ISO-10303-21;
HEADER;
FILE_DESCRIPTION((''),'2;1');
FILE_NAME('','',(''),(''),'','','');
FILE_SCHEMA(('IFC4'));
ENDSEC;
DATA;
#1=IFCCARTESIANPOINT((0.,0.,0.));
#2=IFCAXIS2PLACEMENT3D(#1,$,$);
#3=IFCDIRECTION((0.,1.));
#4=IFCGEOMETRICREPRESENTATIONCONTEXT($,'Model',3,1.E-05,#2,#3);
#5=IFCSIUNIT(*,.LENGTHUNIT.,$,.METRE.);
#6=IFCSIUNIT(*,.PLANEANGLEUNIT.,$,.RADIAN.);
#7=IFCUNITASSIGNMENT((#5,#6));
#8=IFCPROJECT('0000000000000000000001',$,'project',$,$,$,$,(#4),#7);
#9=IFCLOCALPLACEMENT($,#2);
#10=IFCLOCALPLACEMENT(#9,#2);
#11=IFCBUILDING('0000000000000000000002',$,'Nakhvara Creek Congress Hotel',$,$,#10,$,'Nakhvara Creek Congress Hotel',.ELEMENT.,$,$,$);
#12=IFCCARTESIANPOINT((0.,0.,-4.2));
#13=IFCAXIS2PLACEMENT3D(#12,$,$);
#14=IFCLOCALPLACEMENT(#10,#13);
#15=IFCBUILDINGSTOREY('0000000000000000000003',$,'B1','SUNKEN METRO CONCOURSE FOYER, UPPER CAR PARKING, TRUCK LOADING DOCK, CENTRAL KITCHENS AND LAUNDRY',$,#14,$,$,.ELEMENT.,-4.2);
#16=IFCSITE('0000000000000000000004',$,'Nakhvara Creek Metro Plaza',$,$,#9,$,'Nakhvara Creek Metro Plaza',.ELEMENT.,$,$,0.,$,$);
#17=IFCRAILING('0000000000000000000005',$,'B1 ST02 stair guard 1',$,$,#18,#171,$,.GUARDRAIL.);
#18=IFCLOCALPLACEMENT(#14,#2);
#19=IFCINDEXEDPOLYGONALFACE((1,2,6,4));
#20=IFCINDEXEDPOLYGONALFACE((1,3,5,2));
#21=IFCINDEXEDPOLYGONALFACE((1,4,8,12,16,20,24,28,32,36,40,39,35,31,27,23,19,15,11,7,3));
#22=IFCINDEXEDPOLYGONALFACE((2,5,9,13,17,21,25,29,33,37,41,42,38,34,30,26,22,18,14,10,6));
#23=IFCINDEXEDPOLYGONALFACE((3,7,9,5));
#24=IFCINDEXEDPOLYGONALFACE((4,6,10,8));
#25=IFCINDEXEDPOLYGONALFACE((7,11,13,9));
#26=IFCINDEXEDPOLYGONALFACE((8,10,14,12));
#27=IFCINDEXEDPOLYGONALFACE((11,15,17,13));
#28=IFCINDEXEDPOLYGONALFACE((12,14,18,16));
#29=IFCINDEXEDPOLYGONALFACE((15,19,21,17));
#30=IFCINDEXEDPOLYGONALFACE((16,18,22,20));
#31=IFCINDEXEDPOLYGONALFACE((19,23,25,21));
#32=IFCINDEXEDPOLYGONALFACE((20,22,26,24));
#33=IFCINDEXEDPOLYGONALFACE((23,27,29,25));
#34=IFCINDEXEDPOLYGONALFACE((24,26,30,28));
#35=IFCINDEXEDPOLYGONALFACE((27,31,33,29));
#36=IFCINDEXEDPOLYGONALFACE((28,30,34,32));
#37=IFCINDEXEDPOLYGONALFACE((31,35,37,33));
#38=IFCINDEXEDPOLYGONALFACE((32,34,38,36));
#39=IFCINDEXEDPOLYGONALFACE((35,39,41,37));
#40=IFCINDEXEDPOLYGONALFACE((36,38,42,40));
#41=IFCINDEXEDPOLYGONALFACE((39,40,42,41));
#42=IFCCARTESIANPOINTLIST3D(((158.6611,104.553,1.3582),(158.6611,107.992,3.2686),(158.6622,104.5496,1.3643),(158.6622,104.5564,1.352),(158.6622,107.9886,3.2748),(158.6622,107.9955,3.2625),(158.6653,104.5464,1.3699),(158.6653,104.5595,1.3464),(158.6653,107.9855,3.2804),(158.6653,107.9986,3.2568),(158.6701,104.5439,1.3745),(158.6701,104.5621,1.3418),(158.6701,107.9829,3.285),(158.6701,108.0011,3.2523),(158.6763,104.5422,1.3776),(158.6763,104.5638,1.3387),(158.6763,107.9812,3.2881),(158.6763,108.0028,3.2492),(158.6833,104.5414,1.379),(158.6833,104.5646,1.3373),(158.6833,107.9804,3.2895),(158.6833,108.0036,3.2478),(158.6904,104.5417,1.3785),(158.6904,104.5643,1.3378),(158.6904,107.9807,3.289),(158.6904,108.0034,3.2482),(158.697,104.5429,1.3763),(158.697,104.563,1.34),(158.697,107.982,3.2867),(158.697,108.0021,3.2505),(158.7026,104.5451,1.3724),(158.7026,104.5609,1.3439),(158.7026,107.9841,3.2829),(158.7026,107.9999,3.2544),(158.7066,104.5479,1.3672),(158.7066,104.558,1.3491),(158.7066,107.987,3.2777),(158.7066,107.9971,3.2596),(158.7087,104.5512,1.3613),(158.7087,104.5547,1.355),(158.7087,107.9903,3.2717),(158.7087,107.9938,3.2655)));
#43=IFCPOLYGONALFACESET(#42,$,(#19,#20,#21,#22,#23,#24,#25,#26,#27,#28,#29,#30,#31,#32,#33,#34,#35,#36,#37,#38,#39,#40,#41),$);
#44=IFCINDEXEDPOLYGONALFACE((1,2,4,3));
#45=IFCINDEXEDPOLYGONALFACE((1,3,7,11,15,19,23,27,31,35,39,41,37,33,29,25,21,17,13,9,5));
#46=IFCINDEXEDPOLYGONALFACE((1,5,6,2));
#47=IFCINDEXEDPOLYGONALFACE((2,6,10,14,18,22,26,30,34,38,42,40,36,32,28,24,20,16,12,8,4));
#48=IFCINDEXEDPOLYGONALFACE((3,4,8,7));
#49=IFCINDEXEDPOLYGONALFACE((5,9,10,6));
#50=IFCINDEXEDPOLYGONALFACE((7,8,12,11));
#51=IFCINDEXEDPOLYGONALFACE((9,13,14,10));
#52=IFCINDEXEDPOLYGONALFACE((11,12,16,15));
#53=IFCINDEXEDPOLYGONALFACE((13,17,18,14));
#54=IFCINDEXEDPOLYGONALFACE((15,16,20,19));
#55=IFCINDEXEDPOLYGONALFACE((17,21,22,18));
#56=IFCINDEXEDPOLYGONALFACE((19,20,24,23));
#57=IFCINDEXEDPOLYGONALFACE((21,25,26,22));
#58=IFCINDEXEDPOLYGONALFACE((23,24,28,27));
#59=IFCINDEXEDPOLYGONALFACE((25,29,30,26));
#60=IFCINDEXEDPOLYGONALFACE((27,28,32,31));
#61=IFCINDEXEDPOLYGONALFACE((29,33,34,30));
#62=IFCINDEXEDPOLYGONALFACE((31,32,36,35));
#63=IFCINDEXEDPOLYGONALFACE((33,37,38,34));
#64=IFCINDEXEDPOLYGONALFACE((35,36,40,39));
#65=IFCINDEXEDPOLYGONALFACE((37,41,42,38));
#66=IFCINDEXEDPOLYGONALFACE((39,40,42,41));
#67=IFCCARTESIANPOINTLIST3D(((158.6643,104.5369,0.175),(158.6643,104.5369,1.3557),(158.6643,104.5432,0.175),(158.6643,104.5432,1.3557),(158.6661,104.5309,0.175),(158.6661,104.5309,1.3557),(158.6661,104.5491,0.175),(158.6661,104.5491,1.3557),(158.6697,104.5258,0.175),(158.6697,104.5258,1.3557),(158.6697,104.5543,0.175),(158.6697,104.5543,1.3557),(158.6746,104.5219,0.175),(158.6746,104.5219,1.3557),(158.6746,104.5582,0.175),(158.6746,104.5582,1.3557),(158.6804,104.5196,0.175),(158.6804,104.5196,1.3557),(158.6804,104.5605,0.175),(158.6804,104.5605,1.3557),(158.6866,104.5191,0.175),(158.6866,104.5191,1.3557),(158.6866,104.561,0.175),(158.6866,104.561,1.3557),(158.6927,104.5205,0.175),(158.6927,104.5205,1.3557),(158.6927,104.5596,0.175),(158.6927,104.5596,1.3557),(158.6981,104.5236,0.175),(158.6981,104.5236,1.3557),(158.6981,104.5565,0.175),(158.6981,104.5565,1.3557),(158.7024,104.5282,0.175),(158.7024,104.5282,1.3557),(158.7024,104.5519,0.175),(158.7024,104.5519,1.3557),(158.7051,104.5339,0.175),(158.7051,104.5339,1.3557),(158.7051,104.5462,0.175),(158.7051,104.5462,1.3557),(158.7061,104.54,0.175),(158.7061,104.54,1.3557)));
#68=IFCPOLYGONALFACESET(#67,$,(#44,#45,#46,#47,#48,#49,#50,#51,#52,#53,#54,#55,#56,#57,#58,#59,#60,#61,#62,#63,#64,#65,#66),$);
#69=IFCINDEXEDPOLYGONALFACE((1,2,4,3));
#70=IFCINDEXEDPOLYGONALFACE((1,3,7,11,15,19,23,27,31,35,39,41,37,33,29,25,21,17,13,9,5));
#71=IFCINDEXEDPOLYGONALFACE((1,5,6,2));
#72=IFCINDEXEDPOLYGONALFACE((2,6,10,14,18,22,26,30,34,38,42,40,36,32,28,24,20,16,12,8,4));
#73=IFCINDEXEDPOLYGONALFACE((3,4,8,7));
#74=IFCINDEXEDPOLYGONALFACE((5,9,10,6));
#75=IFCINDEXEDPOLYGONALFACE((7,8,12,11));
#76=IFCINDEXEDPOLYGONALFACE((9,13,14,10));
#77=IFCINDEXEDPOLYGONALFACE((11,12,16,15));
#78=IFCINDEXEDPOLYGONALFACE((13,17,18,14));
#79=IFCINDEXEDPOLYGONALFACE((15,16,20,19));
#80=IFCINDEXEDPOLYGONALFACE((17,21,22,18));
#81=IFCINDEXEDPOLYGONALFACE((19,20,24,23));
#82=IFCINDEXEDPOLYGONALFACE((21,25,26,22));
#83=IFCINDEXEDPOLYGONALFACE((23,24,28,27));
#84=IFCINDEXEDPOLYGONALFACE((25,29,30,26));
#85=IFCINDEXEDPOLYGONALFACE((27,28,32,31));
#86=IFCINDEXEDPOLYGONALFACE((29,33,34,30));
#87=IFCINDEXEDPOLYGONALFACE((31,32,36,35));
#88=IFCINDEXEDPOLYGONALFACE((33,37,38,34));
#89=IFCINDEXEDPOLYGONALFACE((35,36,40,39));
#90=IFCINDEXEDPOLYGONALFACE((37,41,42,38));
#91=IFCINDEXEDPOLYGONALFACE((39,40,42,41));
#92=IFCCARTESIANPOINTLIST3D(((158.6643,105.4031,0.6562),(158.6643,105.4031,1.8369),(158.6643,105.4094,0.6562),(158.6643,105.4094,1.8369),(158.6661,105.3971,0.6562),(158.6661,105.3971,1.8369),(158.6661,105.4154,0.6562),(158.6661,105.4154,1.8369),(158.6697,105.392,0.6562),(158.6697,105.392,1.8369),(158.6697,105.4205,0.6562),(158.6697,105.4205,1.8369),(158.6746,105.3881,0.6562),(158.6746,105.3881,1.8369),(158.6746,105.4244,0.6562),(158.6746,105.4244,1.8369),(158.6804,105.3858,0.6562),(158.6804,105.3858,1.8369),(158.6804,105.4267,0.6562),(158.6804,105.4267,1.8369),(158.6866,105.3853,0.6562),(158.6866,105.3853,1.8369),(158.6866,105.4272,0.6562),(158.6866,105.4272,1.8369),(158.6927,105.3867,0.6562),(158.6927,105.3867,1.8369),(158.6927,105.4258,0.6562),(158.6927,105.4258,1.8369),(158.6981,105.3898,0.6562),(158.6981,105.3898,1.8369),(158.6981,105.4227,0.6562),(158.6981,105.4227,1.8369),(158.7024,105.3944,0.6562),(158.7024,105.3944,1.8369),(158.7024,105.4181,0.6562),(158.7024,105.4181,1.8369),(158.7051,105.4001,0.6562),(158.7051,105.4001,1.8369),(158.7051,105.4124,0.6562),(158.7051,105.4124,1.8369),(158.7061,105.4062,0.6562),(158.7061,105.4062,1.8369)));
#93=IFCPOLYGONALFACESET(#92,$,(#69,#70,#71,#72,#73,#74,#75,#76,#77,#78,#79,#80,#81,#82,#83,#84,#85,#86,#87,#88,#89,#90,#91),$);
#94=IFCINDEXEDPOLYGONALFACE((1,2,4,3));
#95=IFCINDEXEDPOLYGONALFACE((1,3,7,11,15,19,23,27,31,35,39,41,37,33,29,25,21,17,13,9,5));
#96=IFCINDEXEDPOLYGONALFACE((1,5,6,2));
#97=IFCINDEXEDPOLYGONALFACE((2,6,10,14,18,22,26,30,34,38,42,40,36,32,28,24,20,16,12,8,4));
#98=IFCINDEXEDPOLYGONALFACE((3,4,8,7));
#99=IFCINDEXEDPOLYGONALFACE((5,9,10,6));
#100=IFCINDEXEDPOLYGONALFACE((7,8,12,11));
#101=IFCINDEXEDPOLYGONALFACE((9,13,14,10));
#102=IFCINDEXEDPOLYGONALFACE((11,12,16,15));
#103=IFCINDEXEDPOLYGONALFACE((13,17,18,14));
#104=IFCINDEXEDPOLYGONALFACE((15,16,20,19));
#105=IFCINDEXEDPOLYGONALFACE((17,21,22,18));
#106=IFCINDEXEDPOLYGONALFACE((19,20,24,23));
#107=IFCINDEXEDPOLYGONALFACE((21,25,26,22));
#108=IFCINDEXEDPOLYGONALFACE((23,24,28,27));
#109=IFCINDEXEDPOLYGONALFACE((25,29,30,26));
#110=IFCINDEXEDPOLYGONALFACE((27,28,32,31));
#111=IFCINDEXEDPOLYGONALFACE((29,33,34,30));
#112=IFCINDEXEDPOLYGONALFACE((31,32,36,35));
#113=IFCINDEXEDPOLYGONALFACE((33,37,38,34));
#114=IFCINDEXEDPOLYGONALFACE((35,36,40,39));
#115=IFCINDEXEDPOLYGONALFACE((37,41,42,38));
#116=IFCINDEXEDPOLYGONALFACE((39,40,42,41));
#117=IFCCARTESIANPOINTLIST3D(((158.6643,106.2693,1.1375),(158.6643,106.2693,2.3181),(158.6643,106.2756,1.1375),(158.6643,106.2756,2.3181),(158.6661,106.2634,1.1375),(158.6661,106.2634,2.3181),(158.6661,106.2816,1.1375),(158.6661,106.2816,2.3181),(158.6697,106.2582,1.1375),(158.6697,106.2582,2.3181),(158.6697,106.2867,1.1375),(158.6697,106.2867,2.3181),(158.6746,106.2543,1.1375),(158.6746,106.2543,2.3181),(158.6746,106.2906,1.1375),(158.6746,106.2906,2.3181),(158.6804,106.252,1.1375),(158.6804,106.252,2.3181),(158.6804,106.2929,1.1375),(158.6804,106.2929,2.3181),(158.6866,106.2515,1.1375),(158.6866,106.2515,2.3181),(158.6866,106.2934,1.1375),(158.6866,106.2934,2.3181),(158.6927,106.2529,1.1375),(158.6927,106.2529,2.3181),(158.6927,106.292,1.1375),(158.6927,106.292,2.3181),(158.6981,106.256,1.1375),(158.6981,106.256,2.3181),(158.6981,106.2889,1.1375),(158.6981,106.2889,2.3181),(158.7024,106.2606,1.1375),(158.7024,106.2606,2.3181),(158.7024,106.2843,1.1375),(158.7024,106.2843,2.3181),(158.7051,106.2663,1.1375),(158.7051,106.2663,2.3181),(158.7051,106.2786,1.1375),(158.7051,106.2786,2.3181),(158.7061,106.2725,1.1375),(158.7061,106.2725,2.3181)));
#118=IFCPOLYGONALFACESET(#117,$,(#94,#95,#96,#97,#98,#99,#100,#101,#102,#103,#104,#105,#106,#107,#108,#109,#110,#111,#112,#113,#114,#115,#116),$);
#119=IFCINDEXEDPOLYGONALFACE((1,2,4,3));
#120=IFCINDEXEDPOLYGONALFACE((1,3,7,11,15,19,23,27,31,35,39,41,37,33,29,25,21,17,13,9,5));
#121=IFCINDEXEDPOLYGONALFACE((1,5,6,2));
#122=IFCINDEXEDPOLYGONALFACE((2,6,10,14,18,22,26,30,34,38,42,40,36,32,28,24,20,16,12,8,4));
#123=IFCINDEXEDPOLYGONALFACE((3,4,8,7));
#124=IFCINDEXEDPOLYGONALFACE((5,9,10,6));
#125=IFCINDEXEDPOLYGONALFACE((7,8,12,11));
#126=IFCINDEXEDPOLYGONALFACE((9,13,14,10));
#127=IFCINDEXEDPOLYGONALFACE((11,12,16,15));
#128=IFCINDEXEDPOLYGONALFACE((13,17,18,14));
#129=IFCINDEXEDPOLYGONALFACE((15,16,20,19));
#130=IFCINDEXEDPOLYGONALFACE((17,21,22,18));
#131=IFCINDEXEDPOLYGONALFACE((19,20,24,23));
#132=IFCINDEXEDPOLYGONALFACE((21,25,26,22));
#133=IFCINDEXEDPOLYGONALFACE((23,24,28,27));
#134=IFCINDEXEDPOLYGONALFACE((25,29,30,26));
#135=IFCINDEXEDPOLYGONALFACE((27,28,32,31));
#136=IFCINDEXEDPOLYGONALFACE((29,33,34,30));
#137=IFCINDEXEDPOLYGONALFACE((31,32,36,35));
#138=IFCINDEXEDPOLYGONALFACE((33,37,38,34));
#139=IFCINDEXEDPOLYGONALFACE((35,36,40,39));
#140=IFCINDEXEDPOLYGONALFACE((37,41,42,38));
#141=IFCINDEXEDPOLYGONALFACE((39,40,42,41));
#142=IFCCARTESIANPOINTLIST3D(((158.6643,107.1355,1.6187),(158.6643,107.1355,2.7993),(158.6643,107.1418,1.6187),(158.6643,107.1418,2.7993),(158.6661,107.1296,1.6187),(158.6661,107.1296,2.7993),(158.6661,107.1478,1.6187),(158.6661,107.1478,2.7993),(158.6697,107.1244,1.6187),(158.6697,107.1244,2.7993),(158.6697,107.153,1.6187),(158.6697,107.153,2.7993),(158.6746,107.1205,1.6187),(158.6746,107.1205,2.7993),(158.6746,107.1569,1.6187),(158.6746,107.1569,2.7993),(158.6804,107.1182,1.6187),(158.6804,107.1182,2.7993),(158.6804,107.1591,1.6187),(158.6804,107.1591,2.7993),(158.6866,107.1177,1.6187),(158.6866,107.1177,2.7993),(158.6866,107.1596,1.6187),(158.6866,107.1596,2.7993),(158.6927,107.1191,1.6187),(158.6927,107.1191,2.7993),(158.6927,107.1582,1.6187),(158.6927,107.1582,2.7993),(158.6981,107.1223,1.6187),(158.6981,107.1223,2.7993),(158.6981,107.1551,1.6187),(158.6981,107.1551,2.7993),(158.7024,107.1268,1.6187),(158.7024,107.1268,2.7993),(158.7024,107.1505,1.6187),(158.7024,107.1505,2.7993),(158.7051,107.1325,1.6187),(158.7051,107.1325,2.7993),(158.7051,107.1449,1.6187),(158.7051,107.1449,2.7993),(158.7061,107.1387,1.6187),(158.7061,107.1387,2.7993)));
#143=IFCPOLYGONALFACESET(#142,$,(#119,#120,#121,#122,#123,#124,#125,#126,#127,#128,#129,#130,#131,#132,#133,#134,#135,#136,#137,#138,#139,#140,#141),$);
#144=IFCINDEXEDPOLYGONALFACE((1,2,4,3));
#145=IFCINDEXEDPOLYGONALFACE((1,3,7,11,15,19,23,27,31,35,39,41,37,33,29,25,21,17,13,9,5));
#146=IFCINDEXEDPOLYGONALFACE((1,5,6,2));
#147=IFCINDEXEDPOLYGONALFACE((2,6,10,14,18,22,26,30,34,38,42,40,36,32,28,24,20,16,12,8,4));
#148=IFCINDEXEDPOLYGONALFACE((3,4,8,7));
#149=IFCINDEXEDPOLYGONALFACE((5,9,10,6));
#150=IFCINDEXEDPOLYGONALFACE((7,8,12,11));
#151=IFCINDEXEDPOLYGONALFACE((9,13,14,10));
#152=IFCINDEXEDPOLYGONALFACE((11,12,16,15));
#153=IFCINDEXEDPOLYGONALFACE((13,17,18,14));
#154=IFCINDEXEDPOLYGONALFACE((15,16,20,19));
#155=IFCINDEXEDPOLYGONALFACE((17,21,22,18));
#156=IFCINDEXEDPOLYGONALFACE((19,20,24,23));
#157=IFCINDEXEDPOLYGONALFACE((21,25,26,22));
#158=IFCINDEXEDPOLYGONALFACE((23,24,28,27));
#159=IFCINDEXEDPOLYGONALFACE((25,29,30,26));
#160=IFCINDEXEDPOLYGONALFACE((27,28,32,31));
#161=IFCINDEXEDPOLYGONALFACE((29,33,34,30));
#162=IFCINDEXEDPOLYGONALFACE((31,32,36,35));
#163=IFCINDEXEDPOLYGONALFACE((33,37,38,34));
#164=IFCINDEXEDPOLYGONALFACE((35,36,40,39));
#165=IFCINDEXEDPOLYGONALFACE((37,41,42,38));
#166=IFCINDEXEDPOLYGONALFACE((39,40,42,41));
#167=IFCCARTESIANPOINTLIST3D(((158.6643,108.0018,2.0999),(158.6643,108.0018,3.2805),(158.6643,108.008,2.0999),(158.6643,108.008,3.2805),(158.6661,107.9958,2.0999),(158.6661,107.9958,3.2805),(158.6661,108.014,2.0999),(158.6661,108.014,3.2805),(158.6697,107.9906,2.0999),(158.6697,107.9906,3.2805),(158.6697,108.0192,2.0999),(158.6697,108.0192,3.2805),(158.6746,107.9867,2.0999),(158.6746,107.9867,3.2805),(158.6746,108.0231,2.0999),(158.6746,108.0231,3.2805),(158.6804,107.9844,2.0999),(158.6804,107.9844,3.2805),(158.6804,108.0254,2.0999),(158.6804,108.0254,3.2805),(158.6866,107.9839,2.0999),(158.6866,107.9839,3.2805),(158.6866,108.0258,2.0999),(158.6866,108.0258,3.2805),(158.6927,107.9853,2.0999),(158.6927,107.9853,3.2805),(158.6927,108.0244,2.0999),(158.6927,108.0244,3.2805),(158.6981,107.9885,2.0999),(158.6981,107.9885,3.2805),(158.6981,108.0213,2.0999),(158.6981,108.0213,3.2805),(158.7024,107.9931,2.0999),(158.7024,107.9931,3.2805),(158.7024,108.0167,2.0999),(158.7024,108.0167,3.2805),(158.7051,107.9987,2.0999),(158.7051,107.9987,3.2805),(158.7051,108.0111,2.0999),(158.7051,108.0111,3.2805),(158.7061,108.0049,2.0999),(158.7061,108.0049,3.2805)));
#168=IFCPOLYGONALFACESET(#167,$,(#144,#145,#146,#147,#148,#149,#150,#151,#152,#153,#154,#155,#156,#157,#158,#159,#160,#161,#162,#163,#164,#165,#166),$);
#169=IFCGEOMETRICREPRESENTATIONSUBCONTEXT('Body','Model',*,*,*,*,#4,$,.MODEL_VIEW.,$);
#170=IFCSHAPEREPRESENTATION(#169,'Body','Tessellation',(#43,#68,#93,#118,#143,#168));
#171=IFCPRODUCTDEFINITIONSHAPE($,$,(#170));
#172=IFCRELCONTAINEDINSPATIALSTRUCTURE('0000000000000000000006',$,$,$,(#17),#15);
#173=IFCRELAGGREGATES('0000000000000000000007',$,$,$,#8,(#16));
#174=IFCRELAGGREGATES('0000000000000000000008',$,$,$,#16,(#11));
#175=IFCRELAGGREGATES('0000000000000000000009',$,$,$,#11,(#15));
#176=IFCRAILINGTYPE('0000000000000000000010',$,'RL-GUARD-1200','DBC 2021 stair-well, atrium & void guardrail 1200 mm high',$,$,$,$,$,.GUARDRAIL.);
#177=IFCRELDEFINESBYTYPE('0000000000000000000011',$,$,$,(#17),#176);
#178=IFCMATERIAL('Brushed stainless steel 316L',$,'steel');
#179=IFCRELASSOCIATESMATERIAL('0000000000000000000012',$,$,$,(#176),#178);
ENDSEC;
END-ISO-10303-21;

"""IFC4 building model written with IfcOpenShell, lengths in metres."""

from ifc_helpers import new_model, si_unit, direction, frame, origin, origin_2d, place, context, subcontext, project, spatial, circle, extrude, material, type_object, element, save


model = new_model("IFC4")

# Units and contexts
model_context = context("Model", 3, precision=1e-05, world=origin(), true_north=direction((0.0, 1.0)))
body_context = subcontext(model_context, "Body", "Model", "MODEL_VIEW")
ifc_project = project(units=[si_unit("LENGTHUNIT", "METRE"), si_unit("PLANEANGLEUNIT", "RADIAN")], contexts=[model_context])

# Site, building, storey
site_placement = place(None, origin())
site = spatial("IfcSite", under=ifc_project, at=site_placement, Name="Nakhvara Creek Metro Plaza", LongName="Nakhvara Creek Metro Plaza", CompositionType="ELEMENT", RefElevation=0.0)
building_placement = place(site_placement, origin())
building = spatial("IfcBuilding", under=site, at=building_placement, Name="Nakhvara Creek Congress Hotel", LongName="Nakhvara Creek Congress Hotel", CompositionType="ELEMENT")
storey_placement = place(building_placement, frame((0.0, 0.0, -4.2)))
storey = spatial("IfcBuildingStorey", under=building, at=storey_placement, Name="B1", Description="SUNKEN METRO CONCOURSE FOYER, UPPER CAR PARKING, TRUCK LOADING DOCK, CENTRAL KITCHENS AND LAUNDRY", CompositionType="ELEMENT", Elevation=-4.2)

# Railing
ifc_material_1 = material(Name="Brushed stainless steel 316L", Category="steel")
railing_type_1 = type_object("IfcRailingType", Name="RL-GUARD-1200", Description="DBC 2021 stair-well, atrium & void guardrail 1200 mm high", PredefinedType="GUARDRAIL", material=ifc_material_1)
railing_1_placement = place(storey_placement, frame((158.6851, 104.54, 0.175)))
element("IfcRailing", 1, at=railing_1_placement, inside=storey, type_object=railing_type_1, Name="B1 ST02 stair guard 1", PredefinedType="GUARDRAIL", context=body_context, shape_type="SweptSolid", body=[
    extrude(circle(Radius=0.0239, at=origin_2d()), frame((0.0, 0.0129, 1.1831), z_axis=(0.0, 0.874169, 0.485622), x_axis=(-1.0, 0.0, 0.0)), (0.0, 0.0, 1.0), 3.9341),
    extrude(circle(Radius=0.021, at=origin_2d()), origin(), (0.0, 0.0, 1.0), 1.1807),
    extrude(circle(Radius=0.021, at=origin_2d()), frame((0.0, 0.8662, 0.4812)), (0.0, 0.0, 1.0), 1.1807),
    extrude(circle(Radius=0.021, at=origin_2d()), frame((0.0, 1.7324, 0.9624)), (0.0, 0.0, 1.0), 1.1807),
    extrude(circle(Radius=0.021, at=origin_2d()), frame((0.0, 2.5986, 1.4436)), (0.0, 0.0, 1.0), 1.1807),
    extrude(circle(Radius=0.021, at=origin_2d()), frame((0.0, 3.4648, 1.9248)), (0.0, 0.0, 1.0), 1.1807),
])

save(model, "model.ifc")
